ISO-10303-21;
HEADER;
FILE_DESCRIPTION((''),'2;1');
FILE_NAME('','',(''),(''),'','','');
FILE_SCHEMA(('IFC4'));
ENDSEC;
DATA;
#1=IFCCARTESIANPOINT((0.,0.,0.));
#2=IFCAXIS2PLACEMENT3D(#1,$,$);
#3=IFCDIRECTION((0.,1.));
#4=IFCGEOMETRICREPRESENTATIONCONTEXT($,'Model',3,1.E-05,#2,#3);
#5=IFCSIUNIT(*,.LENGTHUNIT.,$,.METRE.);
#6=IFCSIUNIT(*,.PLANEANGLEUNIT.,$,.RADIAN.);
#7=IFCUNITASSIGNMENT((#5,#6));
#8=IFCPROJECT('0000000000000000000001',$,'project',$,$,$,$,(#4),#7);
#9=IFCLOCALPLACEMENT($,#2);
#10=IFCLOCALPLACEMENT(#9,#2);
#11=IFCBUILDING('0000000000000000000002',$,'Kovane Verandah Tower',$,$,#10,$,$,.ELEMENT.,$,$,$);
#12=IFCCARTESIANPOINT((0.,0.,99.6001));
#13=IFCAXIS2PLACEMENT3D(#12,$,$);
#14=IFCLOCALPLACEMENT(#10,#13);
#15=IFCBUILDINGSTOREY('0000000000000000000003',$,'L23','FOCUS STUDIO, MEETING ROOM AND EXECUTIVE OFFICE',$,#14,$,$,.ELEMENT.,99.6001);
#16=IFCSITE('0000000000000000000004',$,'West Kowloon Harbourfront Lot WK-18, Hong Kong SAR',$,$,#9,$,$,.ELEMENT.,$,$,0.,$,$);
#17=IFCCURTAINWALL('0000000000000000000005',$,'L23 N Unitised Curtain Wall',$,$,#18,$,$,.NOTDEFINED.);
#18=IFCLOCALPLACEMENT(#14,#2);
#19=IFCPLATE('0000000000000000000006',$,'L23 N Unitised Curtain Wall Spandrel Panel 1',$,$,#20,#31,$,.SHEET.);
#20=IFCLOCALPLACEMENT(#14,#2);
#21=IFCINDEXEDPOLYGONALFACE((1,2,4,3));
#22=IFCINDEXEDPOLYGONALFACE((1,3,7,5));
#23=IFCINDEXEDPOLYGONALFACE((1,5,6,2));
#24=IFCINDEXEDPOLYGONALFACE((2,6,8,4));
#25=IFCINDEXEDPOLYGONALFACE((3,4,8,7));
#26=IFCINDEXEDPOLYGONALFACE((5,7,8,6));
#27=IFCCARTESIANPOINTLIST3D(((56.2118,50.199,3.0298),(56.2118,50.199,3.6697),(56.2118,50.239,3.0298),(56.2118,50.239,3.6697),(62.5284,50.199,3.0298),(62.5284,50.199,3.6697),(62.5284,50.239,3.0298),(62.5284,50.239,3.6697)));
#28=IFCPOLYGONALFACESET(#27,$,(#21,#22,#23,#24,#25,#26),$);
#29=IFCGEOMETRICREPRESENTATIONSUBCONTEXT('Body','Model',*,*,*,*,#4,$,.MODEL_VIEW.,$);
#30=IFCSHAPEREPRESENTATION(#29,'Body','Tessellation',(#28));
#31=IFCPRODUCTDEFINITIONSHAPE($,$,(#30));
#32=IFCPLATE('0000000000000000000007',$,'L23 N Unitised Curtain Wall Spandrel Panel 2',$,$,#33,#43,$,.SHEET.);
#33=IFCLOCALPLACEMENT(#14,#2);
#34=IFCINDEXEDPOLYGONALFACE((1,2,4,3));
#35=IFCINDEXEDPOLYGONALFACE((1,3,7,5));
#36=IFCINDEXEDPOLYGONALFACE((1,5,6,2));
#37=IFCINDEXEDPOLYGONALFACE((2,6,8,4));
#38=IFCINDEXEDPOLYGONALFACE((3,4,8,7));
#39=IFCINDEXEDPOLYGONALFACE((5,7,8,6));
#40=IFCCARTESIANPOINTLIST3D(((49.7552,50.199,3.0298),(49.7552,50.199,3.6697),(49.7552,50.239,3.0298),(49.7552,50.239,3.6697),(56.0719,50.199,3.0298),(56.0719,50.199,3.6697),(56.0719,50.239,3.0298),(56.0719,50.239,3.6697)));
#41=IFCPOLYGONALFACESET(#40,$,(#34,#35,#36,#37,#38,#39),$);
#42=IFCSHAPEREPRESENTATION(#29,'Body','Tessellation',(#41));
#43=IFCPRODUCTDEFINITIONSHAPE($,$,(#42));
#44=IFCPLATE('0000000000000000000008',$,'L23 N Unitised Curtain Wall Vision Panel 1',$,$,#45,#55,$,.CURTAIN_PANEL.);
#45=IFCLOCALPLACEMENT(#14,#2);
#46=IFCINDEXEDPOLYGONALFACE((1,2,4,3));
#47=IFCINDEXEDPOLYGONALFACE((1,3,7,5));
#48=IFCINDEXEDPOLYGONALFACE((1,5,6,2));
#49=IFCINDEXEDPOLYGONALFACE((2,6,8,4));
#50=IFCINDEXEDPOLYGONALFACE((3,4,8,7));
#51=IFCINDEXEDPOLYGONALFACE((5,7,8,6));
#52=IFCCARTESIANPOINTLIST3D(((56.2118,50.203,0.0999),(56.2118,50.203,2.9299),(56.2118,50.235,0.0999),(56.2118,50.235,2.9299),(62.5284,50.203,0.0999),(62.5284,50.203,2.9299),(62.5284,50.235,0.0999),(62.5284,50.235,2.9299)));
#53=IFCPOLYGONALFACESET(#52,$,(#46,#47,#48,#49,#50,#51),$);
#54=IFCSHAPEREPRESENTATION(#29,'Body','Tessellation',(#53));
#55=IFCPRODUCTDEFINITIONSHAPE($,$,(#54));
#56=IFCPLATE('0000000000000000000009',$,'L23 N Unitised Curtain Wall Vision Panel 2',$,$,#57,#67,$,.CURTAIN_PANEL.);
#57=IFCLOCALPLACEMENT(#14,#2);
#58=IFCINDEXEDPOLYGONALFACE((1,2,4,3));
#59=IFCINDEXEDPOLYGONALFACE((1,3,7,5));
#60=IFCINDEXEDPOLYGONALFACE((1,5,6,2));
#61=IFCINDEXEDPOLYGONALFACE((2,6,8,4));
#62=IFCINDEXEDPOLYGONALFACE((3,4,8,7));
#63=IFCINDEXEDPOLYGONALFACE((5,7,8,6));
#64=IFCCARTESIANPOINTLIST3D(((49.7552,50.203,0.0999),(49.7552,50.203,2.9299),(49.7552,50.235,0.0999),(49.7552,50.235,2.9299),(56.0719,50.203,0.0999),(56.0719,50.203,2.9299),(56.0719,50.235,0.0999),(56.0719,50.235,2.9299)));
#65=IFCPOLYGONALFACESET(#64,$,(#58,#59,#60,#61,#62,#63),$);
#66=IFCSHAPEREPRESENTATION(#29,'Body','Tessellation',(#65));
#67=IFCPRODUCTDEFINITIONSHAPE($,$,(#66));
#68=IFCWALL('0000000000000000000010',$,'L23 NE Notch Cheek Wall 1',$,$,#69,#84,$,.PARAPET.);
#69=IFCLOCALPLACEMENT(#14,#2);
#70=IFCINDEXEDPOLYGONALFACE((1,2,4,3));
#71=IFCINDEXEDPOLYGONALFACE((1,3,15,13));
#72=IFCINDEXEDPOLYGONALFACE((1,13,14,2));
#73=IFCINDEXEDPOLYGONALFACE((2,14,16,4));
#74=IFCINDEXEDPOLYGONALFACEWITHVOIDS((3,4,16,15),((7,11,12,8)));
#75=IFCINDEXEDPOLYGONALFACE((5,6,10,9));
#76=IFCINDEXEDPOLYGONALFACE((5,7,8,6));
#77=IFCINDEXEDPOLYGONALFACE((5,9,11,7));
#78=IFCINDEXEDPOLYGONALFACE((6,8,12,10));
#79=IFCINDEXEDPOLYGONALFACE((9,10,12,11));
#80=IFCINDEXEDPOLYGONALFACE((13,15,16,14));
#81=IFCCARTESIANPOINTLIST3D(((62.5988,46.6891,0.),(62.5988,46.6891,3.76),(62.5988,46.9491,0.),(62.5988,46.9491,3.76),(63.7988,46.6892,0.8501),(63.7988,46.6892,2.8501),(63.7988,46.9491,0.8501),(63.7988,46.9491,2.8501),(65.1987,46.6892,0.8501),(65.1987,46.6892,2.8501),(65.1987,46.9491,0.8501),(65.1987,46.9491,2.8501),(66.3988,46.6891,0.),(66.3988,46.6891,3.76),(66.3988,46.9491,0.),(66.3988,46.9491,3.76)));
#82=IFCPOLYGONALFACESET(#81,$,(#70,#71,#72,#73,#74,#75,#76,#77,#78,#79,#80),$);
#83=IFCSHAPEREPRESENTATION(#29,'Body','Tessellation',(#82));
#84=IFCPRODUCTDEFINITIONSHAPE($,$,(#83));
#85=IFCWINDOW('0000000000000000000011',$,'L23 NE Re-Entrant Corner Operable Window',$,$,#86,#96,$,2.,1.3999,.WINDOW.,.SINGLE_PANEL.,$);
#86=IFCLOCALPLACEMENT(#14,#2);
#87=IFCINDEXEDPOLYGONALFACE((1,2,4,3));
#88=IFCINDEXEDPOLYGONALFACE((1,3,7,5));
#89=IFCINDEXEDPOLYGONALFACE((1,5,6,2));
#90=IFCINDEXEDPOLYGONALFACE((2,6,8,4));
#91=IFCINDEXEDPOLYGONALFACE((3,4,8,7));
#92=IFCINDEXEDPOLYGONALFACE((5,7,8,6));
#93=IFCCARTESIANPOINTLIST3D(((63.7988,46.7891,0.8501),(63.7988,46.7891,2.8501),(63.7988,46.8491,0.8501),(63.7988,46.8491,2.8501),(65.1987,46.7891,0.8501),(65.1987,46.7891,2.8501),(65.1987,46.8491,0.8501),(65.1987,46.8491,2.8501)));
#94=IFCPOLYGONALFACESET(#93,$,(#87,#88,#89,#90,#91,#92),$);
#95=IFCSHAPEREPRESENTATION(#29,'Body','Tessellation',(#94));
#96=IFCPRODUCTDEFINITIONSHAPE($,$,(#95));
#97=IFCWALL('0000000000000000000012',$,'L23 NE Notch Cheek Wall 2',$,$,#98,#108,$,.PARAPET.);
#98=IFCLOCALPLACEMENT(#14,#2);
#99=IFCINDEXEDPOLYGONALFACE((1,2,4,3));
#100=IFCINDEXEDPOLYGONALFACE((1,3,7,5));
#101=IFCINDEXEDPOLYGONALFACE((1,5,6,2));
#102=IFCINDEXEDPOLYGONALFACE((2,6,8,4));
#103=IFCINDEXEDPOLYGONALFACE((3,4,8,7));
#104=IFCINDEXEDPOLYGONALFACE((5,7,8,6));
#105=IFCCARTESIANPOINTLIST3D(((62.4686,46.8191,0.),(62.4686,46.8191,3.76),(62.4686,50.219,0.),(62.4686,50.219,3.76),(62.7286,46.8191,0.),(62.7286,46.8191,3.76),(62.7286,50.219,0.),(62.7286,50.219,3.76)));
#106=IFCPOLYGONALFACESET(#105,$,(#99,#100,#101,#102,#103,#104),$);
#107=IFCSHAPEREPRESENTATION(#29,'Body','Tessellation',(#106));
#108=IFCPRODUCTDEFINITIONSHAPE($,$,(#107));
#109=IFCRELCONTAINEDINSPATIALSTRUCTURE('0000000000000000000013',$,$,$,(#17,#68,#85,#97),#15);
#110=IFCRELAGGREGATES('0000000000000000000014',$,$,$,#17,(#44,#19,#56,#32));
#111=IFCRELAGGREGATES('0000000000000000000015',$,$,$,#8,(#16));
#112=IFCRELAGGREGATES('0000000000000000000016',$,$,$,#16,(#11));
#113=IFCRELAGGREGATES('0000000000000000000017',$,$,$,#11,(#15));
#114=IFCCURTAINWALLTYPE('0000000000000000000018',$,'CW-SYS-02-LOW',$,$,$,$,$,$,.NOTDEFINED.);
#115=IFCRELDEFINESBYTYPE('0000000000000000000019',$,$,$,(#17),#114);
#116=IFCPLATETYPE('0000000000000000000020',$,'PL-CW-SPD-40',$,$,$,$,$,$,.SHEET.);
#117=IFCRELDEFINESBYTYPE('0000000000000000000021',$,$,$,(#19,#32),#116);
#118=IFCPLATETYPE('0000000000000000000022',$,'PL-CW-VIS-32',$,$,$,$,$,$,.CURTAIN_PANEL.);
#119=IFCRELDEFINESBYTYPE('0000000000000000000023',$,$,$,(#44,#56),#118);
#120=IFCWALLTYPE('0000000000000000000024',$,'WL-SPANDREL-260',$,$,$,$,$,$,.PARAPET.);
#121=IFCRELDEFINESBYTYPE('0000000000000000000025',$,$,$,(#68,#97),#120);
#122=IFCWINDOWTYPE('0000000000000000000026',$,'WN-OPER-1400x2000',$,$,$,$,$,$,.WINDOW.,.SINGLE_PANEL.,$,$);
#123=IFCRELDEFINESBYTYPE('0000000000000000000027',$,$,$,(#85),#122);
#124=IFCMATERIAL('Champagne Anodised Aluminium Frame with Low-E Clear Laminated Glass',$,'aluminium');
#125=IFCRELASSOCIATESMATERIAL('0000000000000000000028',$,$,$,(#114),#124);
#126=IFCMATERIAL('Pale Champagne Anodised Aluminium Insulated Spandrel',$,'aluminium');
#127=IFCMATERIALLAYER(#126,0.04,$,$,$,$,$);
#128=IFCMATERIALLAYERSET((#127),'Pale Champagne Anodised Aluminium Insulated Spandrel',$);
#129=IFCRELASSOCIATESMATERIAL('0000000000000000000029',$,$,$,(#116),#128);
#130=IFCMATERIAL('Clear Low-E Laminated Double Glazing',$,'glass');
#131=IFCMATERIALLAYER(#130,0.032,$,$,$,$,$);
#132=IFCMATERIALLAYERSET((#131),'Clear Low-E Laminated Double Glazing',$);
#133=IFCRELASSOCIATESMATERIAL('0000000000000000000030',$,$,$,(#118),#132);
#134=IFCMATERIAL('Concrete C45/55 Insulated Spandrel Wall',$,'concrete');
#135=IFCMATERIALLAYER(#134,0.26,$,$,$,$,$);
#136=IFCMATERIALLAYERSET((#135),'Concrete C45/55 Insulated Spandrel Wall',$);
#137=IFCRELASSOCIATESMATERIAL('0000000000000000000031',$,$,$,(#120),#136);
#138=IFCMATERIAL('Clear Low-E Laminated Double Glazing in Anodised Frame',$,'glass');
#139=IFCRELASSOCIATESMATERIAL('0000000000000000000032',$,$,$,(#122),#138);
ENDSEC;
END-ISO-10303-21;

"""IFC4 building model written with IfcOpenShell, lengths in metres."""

from ifc_helpers import new_model, si_unit, direction, frame, frame_2d, origin, origin_2d, place, context, subcontext, project, spatial, rectangle, extrude, material, layer, layer_set, type_object, element, fill, aggregate, save


model = new_model("IFC4")

# Units and contexts
model_context = context("Model", 3, precision=1e-05, world=origin(), true_north=direction((0.0, 1.0)))
body_context = subcontext(model_context, "Body", "Model", "MODEL_VIEW")
ifc_project = project(units=[si_unit("LENGTHUNIT", "METRE"), si_unit("PLANEANGLEUNIT", "RADIAN")], contexts=[model_context])

# Site, building, storey
site_placement = place(None, origin())
site = spatial("IfcSite", under=ifc_project, at=site_placement, Name="West Kowloon Harbourfront Lot WK-18, Hong Kong SAR", CompositionType="ELEMENT", RefElevation=0.0)
building_placement = place(site_placement, origin())
building = spatial("IfcBuilding", under=site, at=building_placement, Name="Kovane Verandah Tower", CompositionType="ELEMENT")
storey_placement = place(building_placement, frame((0.0, 0.0, 99.6001)))
storey = spatial("IfcBuildingStorey", under=building, at=storey_placement, Name="L23", Description="FOCUS STUDIO, MEETING ROOM AND EXECUTIVE OFFICE", CompositionType="ELEMENT", Elevation=99.6001)

# Curtain wall, plates
ifc_material_1 = material(Name="Champagne Anodised Aluminium Frame with Low-E Clear Laminated Glass", Category="aluminium")
curtain_wall_type = type_object("IfcCurtainWallType", Name="CW-SYS-02-LOW", PredefinedType="NOTDEFINED", material=ifc_material_1)
curtain_wall_placement = place(storey_placement, origin())
curtain_wall = element("IfcCurtainWall", 1, at=curtain_wall_placement, inside=storey, type_object=curtain_wall_type, Name="L23 N Unitised Curtain Wall", PredefinedType="NOTDEFINED")
ifc_material_2 = material(Name="Pale Champagne Anodised Aluminium Insulated Spandrel", Category="aluminium")
ifc_layer_1 = layer(ifc_material_2, 0.04)
ifc_layer_set_1 = layer_set([ifc_layer_1], Name="Pale Champagne Anodised Aluminium Insulated Spandrel")
plate_type_1 = type_object("IfcPlateType", Name="PL-CW-SPD-40", PredefinedType="SHEET", material=ifc_layer_set_1)
plate_1_placement = place(storey_placement, frame((59.3701, 50.219, 3.0298), z_axis=(0.0, 0.0, 1.0), x_axis=(-1.0, 0.0, 0.0)))
plate_1 = element("IfcPlate", 2, at=plate_1_placement, type_object=plate_type_1, Name="L23 N Unitised Curtain Wall Spandrel Panel 1", PredefinedType="SHEET", context=body_context, shape_type="SweptSolid", body=[
    extrude(rectangle(XDim=6.3167, YDim=0.04, at=origin_2d()), origin(), (0.0, 0.0, 1.0), 0.6399),
])
plate_2_placement = place(storey_placement, frame((52.9136, 50.219, 3.0298), z_axis=(0.0, 0.0, 1.0), x_axis=(-1.0, 0.0, 0.0)))
plate_2 = element("IfcPlate", 3, at=plate_2_placement, type_object=plate_type_1, Name="L23 N Unitised Curtain Wall Spandrel Panel 2", PredefinedType="SHEET", context=body_context, shape_type="SweptSolid", body=[
    extrude(rectangle(XDim=6.3167, YDim=0.04, at=origin_2d()), origin(), (0.0, 0.0, 1.0), 0.6399),
])
ifc_material_3 = material(Name="Clear Low-E Laminated Double Glazing", Category="glass")
ifc_layer_2 = layer(ifc_material_3, 0.032)
ifc_layer_set_2 = layer_set([ifc_layer_2], Name="Clear Low-E Laminated Double Glazing")
plate_type_2 = type_object("IfcPlateType", Name="PL-CW-VIS-32", PredefinedType="CURTAIN_PANEL", material=ifc_layer_set_2)
plate_3_placement = place(storey_placement, frame((59.3701, 50.219, 0.0999), z_axis=(0.0, 0.0, 1.0), x_axis=(-1.0, 0.0, 0.0)))
plate_3 = element("IfcPlate", 4, at=plate_3_placement, type_object=plate_type_2, Name="L23 N Unitised Curtain Wall Vision Panel 1", PredefinedType="CURTAIN_PANEL", context=body_context, shape_type="SweptSolid", body=[
    extrude(rectangle(XDim=6.3167, YDim=0.032, at=origin_2d()), origin(), (0.0, 0.0, 1.0), 2.8301),
])
plate_4_placement = place(storey_placement, frame((52.9136, 50.219, 0.0999), z_axis=(0.0, 0.0, 1.0), x_axis=(-1.0, 0.0, 0.0)))
plate_4 = element("IfcPlate", 5, at=plate_4_placement, type_object=plate_type_2, Name="L23 N Unitised Curtain Wall Vision Panel 2", PredefinedType="CURTAIN_PANEL", context=body_context, shape_type="SweptSolid", body=[
    extrude(rectangle(XDim=6.3167, YDim=0.032, at=origin_2d()), origin(), (0.0, 0.0, 1.0), 2.8301),
])
aggregate(curtain_wall, [plate_3, plate_1, plate_4, plate_2])

# Wall, opening, window
ifc_material_4 = material(Name="Concrete C45/55 Insulated Spandrel Wall", Category="concrete")
ifc_layer_3 = layer(ifc_material_4, 0.26)
ifc_layer_set_3 = layer_set([ifc_layer_3], Name="Concrete C45/55 Insulated Spandrel Wall")
wall_type = type_object("IfcWallType", Name="WL-SPANDREL-260", PredefinedType="PARAPET", material=ifc_layer_set_3)
wall_1_placement = place(storey_placement, frame((66.3987, 46.8191, 0.0), z_axis=(0.0, 0.0, 1.0), x_axis=(-1.0, 0.0, 0.0)))
wall_1 = element("IfcWall", 6, at=wall_1_placement, inside=storey, type_object=wall_type, Name="L23 NE Notch Cheek Wall 1", PredefinedType="PARAPET", context=body_context, shape_type="SweptSolid", body=[
    extrude(rectangle(XDim=3.8, YDim=0.26, at=frame_2d((1.8999, 0.0))), origin(), (0.0, 0.0, 1.0), 3.76),
])
opening_placement = place(wall_1_placement, frame((1.2, 0.0, 0.8501)))
opening = element("IfcOpeningElement", 7, at=opening_placement, cuts=wall_1, PredefinedType="OPENING", context=body_context, shape_type="SweptSolid", body=[
    extrude(rectangle(XDim=1.3999, YDim=2.0, at=frame_2d((0.7, 1.0))), frame((0.0, 0.1299, 0.0), z_axis=(0.0, -1.0, 0.0), x_axis=(1.0, 0.0, 0.0)), (0.0, 0.0, 1.0), 0.26),
])
ifc_material_5 = material(Name="Clear Low-E Laminated Double Glazing in Anodised Frame", Category="glass")
window_type = type_object("IfcWindowType", Name="WN-OPER-1400x2000", PartitioningType="SINGLE_PANEL", PredefinedType="WINDOW", material=ifc_material_5)
window_placement = place(opening_placement, origin())
window = element("IfcWindow", 8, at=window_placement, inside=storey, type_object=window_type, Name="L23 NE Re-Entrant Corner Operable Window", OverallHeight=2.0, OverallWidth=1.3999, PartitioningType="SINGLE_PANEL", PredefinedType="WINDOW", context=body_context, shape_type="SweptSolid", body=[
    extrude(rectangle(XDim=1.3999, YDim=2.0, at=frame_2d((0.7, 1.0))), frame((0.0, 0.03, 0.0), z_axis=(0.0, -1.0, 0.0), x_axis=(1.0, 0.0, 0.0)), (0.0, 0.0, 1.0), 0.0601),
])
fill(opening, window)

# Wall
wall_2_placement = place(storey_placement, frame((62.5986, 46.8191, 0.0), z_axis=(0.0, 0.0, 1.0), x_axis=(0.0, 1.0, 0.0)))
element("IfcWall", 9, at=wall_2_placement, inside=storey, type_object=wall_type, Name="L23 NE Notch Cheek Wall 2", PredefinedType="PARAPET", context=body_context, shape_type="SweptSolid", body=[
    extrude(rectangle(XDim=3.3999, YDim=0.26, at=frame_2d((1.7, 0.0))), origin(), (0.0, 0.0, 1.0), 3.76),
])

save(model, "model.ifc")
